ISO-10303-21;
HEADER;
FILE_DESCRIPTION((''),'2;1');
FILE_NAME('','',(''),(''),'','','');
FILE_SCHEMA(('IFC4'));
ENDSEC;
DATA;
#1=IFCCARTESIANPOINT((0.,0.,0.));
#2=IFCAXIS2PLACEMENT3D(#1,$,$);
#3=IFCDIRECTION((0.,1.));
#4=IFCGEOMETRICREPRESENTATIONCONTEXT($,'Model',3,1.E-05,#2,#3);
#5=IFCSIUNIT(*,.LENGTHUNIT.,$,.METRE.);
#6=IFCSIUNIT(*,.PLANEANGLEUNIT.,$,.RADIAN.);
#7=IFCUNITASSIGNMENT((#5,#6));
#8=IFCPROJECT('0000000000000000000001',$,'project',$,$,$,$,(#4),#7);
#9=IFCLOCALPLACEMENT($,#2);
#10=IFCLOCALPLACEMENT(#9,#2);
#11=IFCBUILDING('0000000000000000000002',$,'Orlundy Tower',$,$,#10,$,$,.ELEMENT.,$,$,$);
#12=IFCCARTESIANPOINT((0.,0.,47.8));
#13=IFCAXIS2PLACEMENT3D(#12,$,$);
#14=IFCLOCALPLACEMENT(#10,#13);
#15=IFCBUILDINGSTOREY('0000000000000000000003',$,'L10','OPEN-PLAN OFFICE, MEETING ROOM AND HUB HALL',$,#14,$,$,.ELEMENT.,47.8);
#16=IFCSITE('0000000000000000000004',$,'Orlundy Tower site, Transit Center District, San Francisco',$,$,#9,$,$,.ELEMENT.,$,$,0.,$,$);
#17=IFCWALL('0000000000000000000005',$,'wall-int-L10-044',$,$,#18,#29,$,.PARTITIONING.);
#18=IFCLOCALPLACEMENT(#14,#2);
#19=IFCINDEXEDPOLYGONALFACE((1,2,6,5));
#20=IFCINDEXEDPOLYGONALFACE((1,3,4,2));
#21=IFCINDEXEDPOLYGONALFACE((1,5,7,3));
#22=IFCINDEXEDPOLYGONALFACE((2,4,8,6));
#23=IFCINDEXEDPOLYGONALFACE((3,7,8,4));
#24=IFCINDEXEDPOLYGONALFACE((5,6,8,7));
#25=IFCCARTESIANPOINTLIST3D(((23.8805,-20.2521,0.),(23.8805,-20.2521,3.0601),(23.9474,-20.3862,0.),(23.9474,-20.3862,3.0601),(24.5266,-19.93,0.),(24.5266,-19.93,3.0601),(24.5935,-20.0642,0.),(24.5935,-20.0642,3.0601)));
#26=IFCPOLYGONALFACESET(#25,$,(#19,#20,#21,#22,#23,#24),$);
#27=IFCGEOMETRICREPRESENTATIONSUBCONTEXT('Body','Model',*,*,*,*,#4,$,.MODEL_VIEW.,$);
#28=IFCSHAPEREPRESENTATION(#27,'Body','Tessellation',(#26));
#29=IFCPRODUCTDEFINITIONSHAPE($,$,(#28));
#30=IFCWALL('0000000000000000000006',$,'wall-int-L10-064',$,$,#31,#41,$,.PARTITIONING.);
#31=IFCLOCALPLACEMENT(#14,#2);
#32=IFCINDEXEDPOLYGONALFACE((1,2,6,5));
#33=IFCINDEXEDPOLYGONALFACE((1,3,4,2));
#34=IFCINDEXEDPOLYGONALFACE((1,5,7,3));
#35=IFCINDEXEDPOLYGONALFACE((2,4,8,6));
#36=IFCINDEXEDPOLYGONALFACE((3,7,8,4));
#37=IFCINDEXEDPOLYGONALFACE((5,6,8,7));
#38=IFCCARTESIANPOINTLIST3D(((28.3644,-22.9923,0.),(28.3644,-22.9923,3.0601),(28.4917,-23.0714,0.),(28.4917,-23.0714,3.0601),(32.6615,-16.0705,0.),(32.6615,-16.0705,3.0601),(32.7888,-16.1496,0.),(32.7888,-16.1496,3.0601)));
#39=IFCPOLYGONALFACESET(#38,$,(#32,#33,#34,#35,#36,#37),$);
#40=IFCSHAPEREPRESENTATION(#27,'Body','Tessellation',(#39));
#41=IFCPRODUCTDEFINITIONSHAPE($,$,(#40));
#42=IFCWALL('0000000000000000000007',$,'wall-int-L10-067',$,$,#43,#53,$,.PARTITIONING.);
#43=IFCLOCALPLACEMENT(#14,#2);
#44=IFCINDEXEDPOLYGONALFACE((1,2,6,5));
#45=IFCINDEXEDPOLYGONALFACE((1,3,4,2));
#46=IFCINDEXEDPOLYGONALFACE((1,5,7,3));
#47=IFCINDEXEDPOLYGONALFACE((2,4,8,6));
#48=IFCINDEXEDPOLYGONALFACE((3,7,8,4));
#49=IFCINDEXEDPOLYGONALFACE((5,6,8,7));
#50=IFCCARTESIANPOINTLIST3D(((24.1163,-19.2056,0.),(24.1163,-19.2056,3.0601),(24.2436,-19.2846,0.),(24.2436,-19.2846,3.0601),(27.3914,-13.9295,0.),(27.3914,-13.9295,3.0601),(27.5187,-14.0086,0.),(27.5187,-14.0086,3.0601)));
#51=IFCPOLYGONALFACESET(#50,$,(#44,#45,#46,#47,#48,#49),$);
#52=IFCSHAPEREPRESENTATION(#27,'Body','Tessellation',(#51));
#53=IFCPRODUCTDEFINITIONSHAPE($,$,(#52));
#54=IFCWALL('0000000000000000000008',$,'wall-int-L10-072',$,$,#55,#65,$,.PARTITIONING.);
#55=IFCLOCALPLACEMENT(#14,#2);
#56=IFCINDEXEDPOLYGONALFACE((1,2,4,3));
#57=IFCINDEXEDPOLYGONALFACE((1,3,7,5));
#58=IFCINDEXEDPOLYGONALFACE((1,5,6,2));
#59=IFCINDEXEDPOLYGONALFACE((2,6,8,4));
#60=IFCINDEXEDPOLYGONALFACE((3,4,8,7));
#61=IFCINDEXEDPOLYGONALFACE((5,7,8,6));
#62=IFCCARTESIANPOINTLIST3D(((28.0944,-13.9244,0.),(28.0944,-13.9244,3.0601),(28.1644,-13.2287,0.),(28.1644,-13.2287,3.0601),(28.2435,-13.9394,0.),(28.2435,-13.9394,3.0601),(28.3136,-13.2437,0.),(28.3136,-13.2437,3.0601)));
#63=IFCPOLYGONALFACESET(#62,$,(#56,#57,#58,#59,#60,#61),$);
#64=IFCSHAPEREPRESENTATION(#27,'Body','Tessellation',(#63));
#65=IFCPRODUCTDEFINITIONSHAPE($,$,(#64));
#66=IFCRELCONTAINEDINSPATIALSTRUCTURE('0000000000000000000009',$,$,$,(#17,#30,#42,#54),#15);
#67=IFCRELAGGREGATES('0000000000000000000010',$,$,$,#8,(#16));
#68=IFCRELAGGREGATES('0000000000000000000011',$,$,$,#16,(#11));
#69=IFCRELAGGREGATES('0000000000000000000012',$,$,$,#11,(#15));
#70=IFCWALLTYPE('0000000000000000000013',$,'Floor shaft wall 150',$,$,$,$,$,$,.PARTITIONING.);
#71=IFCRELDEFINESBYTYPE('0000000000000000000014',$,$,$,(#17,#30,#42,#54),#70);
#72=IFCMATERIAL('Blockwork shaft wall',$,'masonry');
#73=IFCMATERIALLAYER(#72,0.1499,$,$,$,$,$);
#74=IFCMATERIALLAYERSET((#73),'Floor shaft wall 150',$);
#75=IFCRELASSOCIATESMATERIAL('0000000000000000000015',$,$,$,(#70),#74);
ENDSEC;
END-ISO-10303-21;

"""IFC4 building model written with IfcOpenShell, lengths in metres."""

from ifc_helpers import new_model, si_unit, direction, frame, frame_2d, origin, place, context, subcontext, project, spatial, rectangle, extrude, material, layer, layer_set, type_object, element, save


model = new_model("IFC4")

# Units and contexts
model_context = context("Model", 3, precision=1e-05, world=origin(), true_north=direction((0.0, 1.0)))
body_context = subcontext(model_context, "Body", "Model", "MODEL_VIEW")
ifc_project = project(units=[si_unit("LENGTHUNIT", "METRE"), si_unit("PLANEANGLEUNIT", "RADIAN")], contexts=[model_context])

# Site, building, storey
site_placement = place(None, origin())
site = spatial("IfcSite", under=ifc_project, at=site_placement, Name="Orlundy Tower site, Transit Center District, San Francisco", CompositionType="ELEMENT", RefElevation=0.0)
building_placement = place(site_placement, origin())
building = spatial("IfcBuilding", under=site, at=building_placement, Name="Orlundy Tower", CompositionType="ELEMENT")
storey_placement = place(building_placement, frame((0.0, 0.0, 47.8)))
storey = spatial("IfcBuildingStorey", under=building, at=storey_placement, Name="L10", Description="OPEN-PLAN OFFICE, MEETING ROOM AND HUB HALL", CompositionType="ELEMENT", Elevation=47.8)

# Shared definitions
ifc_material_1 = material(Name="Blockwork shaft wall", Category="masonry")
ifc_layer_1 = layer(ifc_material_1, 0.1499)
ifc_layer_set_1 = layer_set([ifc_layer_1], Name="Floor shaft wall 150")
wall_type_1 = type_object("IfcWallType", Name="Floor shaft wall 150", PredefinedType="PARTITIONING", material=ifc_layer_set_1)

# Walls
wall_1_placement = place(storey_placement, frame((23.9141, -20.3191, 0.0), z_axis=(0.0, 0.0, 1.0), x_axis=(0.894968, 0.446131, 0.0)))
element("IfcWall", 1, at=wall_1_placement, inside=storey, type_object=wall_type_1, Name="wall-int-L10-044", PredefinedType="PARTITIONING", context=body_context, shape_type="SweptSolid", body=[
    extrude(rectangle(XDim=0.7219, YDim=0.1499, at=frame_2d((0.3608, 0.0))), origin(), (0.0, 0.0, 1.0), 3.0601),
])
wall_2_placement = place(storey_placement, frame((28.428, -23.032, 0.0), z_axis=(0.0, 0.0, 1.0), x_axis=(0.527432, 0.849597, 0.0)))
element("IfcWall", 2, at=wall_2_placement, inside=storey, type_object=wall_type_1, Name="wall-int-L10-064", PredefinedType="PARTITIONING", context=body_context, shape_type="SweptSolid", body=[
    extrude(rectangle(XDim=8.1472, YDim=0.1499, at=frame_2d((4.0737, 0.0))), origin(), (0.0, 0.0, 1.0), 3.0601),
])
wall_3_placement = place(storey_placement, frame((24.1799, -19.2451, 0.0), z_axis=(0.0, 0.0, 1.0), x_axis=(0.527399, 0.849618, 0.0)))
element("IfcWall", 3, at=wall_3_placement, inside=storey, type_object=wall_type_1, Name="wall-int-L10-067", PredefinedType="PARTITIONING", context=body_context, shape_type="SweptSolid", body=[
    extrude(rectangle(XDim=6.21, YDim=0.1499, at=frame_2d((3.105, 0.0))), origin(), (0.0, 0.0, 1.0), 3.0601),
])
wall_4_placement = place(storey_placement, frame((28.1689, -13.9319, 0.0), z_axis=(0.0, 0.0, 1.0), x_axis=(0.100195, 0.994968, 0.0)))
element("IfcWall", 4, at=wall_4_placement, inside=storey, type_object=wall_type_1, Name="wall-int-L10-072", PredefinedType="PARTITIONING", context=body_context, shape_type="SweptSolid", body=[
    extrude(rectangle(XDim=0.6992, YDim=0.1499, at=frame_2d((0.3496, 0.0))), origin(), (0.0, 0.0, 1.0), 3.0601),
])

save(model, "model.ifc")
